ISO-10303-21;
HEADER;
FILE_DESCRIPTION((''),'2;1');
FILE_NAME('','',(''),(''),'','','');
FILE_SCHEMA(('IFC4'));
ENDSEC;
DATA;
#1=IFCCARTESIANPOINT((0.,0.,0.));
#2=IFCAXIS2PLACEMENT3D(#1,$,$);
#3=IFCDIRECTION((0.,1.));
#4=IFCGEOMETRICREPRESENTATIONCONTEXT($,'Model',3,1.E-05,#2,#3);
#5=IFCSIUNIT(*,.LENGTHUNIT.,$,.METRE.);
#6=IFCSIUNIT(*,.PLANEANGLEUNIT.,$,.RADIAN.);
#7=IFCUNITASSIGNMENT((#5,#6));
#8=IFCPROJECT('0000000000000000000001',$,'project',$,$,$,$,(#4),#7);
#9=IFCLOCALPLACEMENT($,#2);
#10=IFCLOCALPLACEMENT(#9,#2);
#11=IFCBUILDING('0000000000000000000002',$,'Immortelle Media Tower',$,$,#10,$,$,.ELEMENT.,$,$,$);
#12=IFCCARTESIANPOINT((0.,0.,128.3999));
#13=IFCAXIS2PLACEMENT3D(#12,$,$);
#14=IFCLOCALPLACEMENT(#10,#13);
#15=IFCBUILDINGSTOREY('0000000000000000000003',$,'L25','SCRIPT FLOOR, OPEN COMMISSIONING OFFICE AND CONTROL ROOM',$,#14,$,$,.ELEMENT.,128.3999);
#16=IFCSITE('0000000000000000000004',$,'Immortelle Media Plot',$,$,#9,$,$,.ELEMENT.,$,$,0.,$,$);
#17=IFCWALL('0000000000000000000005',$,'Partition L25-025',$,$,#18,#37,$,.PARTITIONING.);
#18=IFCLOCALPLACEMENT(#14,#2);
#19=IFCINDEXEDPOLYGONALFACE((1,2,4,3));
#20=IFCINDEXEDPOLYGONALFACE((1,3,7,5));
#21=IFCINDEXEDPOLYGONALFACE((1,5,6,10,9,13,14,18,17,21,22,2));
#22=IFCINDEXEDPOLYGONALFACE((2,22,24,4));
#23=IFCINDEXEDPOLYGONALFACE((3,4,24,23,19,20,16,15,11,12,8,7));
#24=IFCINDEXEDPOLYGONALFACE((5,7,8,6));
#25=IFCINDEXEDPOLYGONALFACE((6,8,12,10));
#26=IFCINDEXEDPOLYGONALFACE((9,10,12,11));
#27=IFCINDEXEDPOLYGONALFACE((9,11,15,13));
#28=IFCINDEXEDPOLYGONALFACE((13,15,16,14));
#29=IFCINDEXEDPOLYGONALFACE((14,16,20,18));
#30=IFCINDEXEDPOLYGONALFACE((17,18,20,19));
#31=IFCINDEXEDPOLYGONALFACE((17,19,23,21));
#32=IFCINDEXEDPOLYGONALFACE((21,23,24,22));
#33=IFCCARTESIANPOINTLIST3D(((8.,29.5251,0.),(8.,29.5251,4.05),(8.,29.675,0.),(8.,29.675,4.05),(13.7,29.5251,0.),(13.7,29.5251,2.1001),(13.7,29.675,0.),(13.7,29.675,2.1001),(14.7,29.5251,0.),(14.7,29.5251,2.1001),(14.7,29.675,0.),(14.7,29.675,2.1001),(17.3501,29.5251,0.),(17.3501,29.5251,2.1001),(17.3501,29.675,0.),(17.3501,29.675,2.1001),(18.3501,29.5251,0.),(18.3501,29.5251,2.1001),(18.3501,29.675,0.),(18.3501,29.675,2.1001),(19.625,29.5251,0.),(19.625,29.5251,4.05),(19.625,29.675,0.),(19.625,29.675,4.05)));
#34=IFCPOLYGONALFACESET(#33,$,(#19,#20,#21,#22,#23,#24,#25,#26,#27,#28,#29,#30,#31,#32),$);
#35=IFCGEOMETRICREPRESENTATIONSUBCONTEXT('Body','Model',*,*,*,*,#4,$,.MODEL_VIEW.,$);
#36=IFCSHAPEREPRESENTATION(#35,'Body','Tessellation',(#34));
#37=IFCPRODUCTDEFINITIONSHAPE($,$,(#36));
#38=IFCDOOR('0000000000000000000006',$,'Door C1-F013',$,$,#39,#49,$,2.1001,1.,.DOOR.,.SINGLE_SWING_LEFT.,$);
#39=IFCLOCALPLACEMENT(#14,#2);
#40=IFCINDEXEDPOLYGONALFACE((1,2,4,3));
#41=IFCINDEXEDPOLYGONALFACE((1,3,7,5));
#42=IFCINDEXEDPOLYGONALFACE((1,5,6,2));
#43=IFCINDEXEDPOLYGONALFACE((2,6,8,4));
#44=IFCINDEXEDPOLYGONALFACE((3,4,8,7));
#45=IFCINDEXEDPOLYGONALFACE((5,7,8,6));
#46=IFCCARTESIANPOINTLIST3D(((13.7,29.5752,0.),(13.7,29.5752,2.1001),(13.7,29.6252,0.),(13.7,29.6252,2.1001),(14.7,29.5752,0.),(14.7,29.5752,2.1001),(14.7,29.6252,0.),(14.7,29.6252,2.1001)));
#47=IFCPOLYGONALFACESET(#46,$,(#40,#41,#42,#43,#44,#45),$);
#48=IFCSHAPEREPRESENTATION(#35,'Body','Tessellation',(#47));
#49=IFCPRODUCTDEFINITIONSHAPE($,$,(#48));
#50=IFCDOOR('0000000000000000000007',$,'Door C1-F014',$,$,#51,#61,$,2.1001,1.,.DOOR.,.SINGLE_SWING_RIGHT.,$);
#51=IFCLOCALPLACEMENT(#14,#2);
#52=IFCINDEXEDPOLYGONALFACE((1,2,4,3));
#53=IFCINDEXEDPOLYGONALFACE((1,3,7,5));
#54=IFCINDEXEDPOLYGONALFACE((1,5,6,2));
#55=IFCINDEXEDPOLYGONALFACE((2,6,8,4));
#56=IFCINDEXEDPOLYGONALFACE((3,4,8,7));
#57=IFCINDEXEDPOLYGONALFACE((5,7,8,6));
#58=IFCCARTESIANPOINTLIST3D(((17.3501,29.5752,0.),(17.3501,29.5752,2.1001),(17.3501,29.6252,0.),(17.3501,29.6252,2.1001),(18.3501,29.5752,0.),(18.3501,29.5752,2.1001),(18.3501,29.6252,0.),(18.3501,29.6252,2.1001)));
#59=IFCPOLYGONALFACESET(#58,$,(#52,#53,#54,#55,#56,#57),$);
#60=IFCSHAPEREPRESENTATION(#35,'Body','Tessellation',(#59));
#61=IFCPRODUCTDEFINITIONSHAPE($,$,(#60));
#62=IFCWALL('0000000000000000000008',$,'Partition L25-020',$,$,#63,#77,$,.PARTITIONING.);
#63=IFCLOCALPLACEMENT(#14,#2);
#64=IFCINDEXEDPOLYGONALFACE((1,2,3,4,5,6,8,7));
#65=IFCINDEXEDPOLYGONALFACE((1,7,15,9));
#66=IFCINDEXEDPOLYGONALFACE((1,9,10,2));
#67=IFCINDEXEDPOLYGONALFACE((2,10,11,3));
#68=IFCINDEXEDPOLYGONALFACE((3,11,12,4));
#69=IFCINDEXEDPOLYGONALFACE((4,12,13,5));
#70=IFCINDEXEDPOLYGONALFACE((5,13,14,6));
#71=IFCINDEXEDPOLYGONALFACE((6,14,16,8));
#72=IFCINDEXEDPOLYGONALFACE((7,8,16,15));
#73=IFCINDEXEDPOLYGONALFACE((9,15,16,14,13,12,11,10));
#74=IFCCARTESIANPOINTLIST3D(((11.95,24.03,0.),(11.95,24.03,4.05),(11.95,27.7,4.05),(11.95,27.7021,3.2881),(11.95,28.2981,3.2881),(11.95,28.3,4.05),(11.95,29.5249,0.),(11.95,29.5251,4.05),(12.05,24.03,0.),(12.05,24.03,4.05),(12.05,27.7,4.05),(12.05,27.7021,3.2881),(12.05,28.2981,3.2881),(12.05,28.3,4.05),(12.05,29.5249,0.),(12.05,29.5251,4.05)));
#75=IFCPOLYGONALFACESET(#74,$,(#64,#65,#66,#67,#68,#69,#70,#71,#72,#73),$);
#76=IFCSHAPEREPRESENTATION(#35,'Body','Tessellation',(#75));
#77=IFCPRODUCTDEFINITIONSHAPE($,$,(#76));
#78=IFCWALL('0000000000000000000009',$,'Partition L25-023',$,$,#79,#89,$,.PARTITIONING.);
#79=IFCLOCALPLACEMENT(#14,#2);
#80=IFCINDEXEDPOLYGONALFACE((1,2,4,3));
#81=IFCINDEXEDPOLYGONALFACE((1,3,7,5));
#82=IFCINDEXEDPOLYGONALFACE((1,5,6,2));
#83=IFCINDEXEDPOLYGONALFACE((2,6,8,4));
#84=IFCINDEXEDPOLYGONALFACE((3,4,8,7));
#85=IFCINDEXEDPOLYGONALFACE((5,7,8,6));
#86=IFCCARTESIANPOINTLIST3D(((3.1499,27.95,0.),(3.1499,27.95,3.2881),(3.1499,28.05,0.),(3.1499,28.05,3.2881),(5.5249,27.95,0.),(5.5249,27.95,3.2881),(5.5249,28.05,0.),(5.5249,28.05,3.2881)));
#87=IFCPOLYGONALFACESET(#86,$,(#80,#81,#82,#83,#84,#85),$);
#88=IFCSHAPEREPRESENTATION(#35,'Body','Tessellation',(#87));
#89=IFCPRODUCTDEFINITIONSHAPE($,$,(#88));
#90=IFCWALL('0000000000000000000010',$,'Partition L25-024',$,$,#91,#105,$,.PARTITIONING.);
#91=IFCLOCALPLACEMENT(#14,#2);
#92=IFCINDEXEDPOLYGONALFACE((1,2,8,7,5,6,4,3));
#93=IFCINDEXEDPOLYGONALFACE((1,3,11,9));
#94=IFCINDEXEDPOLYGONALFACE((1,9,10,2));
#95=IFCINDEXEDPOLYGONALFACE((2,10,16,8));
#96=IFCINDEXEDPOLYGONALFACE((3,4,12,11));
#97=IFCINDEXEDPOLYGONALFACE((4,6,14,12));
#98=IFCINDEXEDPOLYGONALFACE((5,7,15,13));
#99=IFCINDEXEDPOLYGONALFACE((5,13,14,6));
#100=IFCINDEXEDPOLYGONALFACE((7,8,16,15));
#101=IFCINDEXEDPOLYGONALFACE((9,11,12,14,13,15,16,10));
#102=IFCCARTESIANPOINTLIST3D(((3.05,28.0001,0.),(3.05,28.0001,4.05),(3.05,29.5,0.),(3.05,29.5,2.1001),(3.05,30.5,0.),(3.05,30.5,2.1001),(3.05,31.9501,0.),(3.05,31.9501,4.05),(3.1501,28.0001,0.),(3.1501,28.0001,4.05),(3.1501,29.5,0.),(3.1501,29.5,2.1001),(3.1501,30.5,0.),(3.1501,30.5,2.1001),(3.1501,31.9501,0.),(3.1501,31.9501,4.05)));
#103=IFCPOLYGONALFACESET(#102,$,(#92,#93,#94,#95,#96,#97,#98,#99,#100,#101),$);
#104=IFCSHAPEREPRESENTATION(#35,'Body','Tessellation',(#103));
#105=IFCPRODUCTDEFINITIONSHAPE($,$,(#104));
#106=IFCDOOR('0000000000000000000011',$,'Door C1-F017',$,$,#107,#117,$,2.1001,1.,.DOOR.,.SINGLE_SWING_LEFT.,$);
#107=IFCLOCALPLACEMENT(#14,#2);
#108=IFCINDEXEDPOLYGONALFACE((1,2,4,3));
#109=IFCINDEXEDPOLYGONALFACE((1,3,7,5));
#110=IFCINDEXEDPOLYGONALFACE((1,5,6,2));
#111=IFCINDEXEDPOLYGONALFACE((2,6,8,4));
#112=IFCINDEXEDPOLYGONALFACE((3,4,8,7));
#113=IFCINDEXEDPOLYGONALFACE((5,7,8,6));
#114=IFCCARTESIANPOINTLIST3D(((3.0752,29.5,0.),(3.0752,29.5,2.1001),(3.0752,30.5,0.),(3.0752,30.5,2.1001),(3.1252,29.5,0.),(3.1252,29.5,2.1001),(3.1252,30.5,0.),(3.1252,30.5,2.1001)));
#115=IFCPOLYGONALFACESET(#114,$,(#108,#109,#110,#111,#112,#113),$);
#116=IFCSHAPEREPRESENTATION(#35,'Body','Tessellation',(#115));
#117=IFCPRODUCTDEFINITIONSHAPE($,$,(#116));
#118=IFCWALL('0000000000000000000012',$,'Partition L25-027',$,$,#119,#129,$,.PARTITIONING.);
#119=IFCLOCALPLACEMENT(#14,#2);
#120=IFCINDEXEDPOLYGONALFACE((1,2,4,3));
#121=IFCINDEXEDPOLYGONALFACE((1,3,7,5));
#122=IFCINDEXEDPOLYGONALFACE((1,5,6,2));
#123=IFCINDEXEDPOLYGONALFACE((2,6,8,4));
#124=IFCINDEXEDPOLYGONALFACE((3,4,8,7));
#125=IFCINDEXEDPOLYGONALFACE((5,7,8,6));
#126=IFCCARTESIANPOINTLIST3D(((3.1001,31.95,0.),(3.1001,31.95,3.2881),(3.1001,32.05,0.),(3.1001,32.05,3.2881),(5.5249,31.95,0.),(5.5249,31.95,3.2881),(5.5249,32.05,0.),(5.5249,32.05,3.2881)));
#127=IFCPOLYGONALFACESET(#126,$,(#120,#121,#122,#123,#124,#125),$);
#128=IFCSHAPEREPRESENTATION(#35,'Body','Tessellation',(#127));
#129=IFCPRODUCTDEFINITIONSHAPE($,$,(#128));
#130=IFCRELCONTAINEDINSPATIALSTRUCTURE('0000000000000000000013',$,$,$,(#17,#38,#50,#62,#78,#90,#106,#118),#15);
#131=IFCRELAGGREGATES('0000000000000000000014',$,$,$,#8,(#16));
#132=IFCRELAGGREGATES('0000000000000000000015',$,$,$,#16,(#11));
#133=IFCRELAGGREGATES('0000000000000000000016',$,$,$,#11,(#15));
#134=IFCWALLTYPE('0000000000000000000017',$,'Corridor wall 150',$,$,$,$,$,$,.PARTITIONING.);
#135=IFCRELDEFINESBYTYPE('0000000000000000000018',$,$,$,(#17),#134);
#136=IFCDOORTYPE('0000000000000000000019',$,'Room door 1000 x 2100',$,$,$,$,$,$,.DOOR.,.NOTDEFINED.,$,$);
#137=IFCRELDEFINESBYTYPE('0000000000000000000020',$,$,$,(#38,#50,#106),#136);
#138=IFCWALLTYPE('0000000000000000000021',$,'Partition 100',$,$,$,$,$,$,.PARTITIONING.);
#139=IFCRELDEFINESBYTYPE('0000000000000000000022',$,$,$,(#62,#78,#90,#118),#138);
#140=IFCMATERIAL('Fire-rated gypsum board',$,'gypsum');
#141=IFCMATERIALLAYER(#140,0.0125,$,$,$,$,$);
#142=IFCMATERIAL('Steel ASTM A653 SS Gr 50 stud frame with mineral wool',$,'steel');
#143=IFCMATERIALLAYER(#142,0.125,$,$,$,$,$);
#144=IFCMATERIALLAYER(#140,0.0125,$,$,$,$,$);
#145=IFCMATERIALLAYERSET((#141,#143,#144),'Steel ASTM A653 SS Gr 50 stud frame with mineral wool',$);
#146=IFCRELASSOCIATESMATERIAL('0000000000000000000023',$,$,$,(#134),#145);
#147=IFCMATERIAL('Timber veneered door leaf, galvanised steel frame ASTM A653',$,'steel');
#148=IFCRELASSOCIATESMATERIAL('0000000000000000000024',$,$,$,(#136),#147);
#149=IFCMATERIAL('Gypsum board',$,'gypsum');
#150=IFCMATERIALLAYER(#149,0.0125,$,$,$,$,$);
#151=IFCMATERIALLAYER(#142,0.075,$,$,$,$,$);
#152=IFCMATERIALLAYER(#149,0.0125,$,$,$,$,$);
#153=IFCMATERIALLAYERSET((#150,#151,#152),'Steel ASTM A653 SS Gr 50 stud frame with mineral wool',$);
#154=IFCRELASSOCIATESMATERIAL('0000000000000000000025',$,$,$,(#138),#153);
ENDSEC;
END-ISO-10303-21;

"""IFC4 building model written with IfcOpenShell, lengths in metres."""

from ifc_helpers import new_model, si_unit, direction, frame, frame_2d, origin, place, context, subcontext, project, spatial, polyline, rectangle, outline, extrude, material, layer, layer_set, type_object, element, fill, save


model = new_model("IFC4")

# Units and contexts
model_context = context("Model", 3, precision=1e-05, world=origin(), true_north=direction((0.0, 1.0)))
body_context = subcontext(model_context, "Body", "Model", "MODEL_VIEW")
ifc_project = project(units=[si_unit("LENGTHUNIT", "METRE"), si_unit("PLANEANGLEUNIT", "RADIAN")], contexts=[model_context])

# Site, building, storey
site_placement = place(None, origin())
site = spatial("IfcSite", under=ifc_project, at=site_placement, Name="Immortelle Media Plot", CompositionType="ELEMENT", RefElevation=0.0)
building_placement = place(site_placement, origin())
building = spatial("IfcBuilding", under=site, at=building_placement, Name="Immortelle Media Tower", CompositionType="ELEMENT")
storey_placement = place(building_placement, frame((0.0, 0.0, 128.3999)))
storey = spatial("IfcBuildingStorey", under=building, at=storey_placement, Name="L25", Description="SCRIPT FLOOR, OPEN COMMISSIONING OFFICE AND CONTROL ROOM", CompositionType="ELEMENT", Elevation=128.3999)

# Shared definitions
ifc_material_1 = material(Name="Fire-rated gypsum board", Category="gypsum")
ifc_layer_1 = layer(ifc_material_1, 0.0125)
ifc_material_2 = material(Name="Steel ASTM A653 SS Gr 50 stud frame with mineral wool", Category="steel")
ifc_layer_2 = layer(ifc_material_2, 0.125)
ifc_layer_3 = layer(ifc_material_1, 0.0125)
ifc_layer_set_1 = layer_set([ifc_layer_1, ifc_layer_2, ifc_layer_3], Name="Steel ASTM A653 SS Gr 50 stud frame with mineral wool")
wall_type_1 = type_object("IfcWallType", Name="Corridor wall 150", PredefinedType="PARTITIONING", material=ifc_layer_set_1)
ifc_material_3 = material(Name="Timber veneered door leaf, galvanised steel frame ASTM A653", Category="steel")
door_type = type_object("IfcDoorType", Name="Room door 1000 x 2100", OperationType="NOTDEFINED", PredefinedType="DOOR", material=ifc_material_3)

# Wall, openings, doors
wall_1_placement = place(storey_placement, frame((8.0, 29.6001, 0.0), z_axis=(0.0, 0.0, 1.0), x_axis=(1.0, 0.0, 0.0)))
wall_1 = element("IfcWall", 1, at=wall_1_placement, inside=storey, type_object=wall_type_1, Name="Partition L25-025", PredefinedType="PARTITIONING", context=body_context, shape_type="SweptSolid", body=[
    extrude(rectangle(XDim=11.625, YDim=0.1499, at=frame_2d((5.8125, 0.0))), origin(), (0.0, 0.0, 1.0), 4.05),
])
opening_1_placement = place(wall_1_placement, frame((6.7, 0.0, 0.0), z_axis=(0.0, 0.0, 1.0), x_axis=(-1.0, 0.0, 0.0)))
opening_1 = element("IfcOpeningElement", 2, at=opening_1_placement, cuts=wall_1, PredefinedType="OPENING", context=body_context, shape_type="SweptSolid", body=[
    extrude(rectangle(XDim=1.0, YDim=2.1001, at=frame_2d((0.5, 1.05))), frame((0.0, 0.085, 0.0), z_axis=(0.0, -1.0, 0.0), x_axis=(1.0, 0.0, 0.0)), (0.0, 0.0, 1.0), 0.1699),
])
opening_2_placement = place(wall_1_placement, frame((10.3501, 0.0, 0.0), z_axis=(0.0, 0.0, 1.0), x_axis=(-1.0, 0.0, 0.0)))
opening_2 = element("IfcOpeningElement", 3, at=opening_2_placement, cuts=wall_1, PredefinedType="OPENING", context=body_context, shape_type="SweptSolid", body=[
    extrude(rectangle(XDim=1.0, YDim=2.1001, at=frame_2d((0.5, 1.05))), frame((0.0, 0.085, 0.0), z_axis=(0.0, -1.0, 0.0), x_axis=(1.0, 0.0, 0.0)), (0.0, 0.0, 1.0), 0.1699),
])
door_1_placement = place(opening_1_placement, origin())
door_1 = element("IfcDoor", 4, at=door_1_placement, inside=storey, type_object=door_type, Name="Door C1-F013", OperationType="SINGLE_SWING_LEFT", OverallHeight=2.1001, OverallWidth=1.0, PredefinedType="DOOR", context=body_context, shape_type="SweptSolid", body=[
    extrude(rectangle(XDim=1.0, YDim=2.1001, at=frame_2d((0.5, 1.05))), frame((0.0, 0.0249, 0.0), z_axis=(0.0, -1.0, 0.0), x_axis=(1.0, 0.0, 0.0)), (0.0, 0.0, 1.0), 0.05),
])
fill(opening_1, door_1)
door_2_placement = place(opening_2_placement, origin())
door_2 = element("IfcDoor", 5, at=door_2_placement, inside=storey, type_object=door_type, Name="Door C1-F014", OperationType="SINGLE_SWING_RIGHT", OverallHeight=2.1001, OverallWidth=1.0, PredefinedType="DOOR", context=body_context, shape_type="SweptSolid", body=[
    extrude(rectangle(XDim=1.0, YDim=2.1001, at=frame_2d((0.5, 1.05))), frame((0.0, 0.0249, 0.0), z_axis=(0.0, -1.0, 0.0), x_axis=(1.0, 0.0, 0.0)), (0.0, 0.0, 1.0), 0.05),
])
fill(opening_2, door_2)

# Walls
ifc_material_4 = material(Name="Gypsum board", Category="gypsum")
ifc_layer_4 = layer(ifc_material_4, 0.0125)
ifc_layer_5 = layer(ifc_material_2, 0.075)
ifc_layer_6 = layer(ifc_material_4, 0.0125)
ifc_layer_set_2 = layer_set([ifc_layer_4, ifc_layer_5, ifc_layer_6], Name="Steel ASTM A653 SS Gr 50 stud frame with mineral wool")
wall_type_2 = type_object("IfcWallType", Name="Partition 100", PredefinedType="PARTITIONING", material=ifc_layer_set_2)
wall_2_placement = place(storey_placement, frame((12.0, 24.03, 0.0), z_axis=(0.0, 0.0, 1.0), x_axis=(0.0, 1.0, 0.0)))
element("IfcWall", 6, at=wall_2_placement, inside=storey, type_object=wall_type_2, Name="Partition L25-020", PredefinedType="PARTITIONING", context=body_context, shape_type="SweptSolid", body=[
    extrude(outline(polyline([(0.0, 0.0), (5.4949, 0.0), (5.4951, 4.05), (4.27, 4.05), (4.2681, 3.2881), (3.6721, 3.2881), (3.6699, 4.05), (0.0, 4.05), (0.0, 0.0)])), frame((0.0, 0.05, 0.0), z_axis=(0.0, -1.0, 0.0), x_axis=(1.0, 0.0, 0.0)), (0.0, 0.0, 1.0), 0.1001),
])
wall_3_placement = place(storey_placement, frame((3.1499, 28.0, 0.0), z_axis=(0.0, 0.0, 1.0), x_axis=(1.0, 0.0, 0.0)))
element("IfcWall", 7, at=wall_3_placement, inside=storey, type_object=wall_type_2, Name="Partition L25-023", PredefinedType="PARTITIONING", context=body_context, shape_type="SweptSolid", body=[
    extrude(rectangle(XDim=2.375, YDim=0.1001, at=frame_2d((1.1875, 0.0))), origin(), (0.0, 0.0, 1.0), 3.2881),
])

# Wall, opening, door
wall_4_placement = place(storey_placement, frame((3.1001, 28.0, 0.0), z_axis=(0.0, 0.0, 1.0), x_axis=(0.0, 1.0, 0.0)))
wall_4 = element("IfcWall", 8, at=wall_4_placement, inside=storey, type_object=wall_type_2, Name="Partition L25-024", PredefinedType="PARTITIONING", context=body_context, shape_type="SweptSolid", body=[
    extrude(rectangle(XDim=3.95, YDim=0.1001, at=frame_2d((1.9751, 0.0))), origin(), (0.0, 0.0, 1.0), 4.05),
])
opening_3_placement = place(wall_4_placement, frame((1.5, 0.0, 0.0)))
opening_3 = element("IfcOpeningElement", 9, at=opening_3_placement, cuts=wall_4, PredefinedType="OPENING", context=body_context, shape_type="SweptSolid", body=[
    extrude(rectangle(XDim=1.0, YDim=2.1001, at=frame_2d((0.5, 1.05))), frame((0.0, 0.0601, 0.0), z_axis=(0.0, -1.0, 0.0), x_axis=(1.0, 0.0, 0.0)), (0.0, 0.0, 1.0), 0.1201),
])
door_3_placement = place(opening_3_placement, origin())
door_3 = element("IfcDoor", 10, at=door_3_placement, inside=storey, type_object=door_type, Name="Door C1-F017", OperationType="SINGLE_SWING_LEFT", OverallHeight=2.1001, OverallWidth=1.0, PredefinedType="DOOR", context=body_context, shape_type="SweptSolid", body=[
    extrude(rectangle(XDim=1.0, YDim=2.1001, at=frame_2d((0.5, 1.05))), frame((0.0, 0.0249, 0.0), z_axis=(0.0, -1.0, 0.0), x_axis=(1.0, 0.0, 0.0)), (0.0, 0.0, 1.0), 0.05),
])
fill(opening_3, door_3)

# Wall
wall_5_placement = place(storey_placement, frame((3.1001, 32.0, 0.0), z_axis=(0.0, 0.0, 1.0), x_axis=(1.0, 0.0, 0.0)))
element("IfcWall", 11, at=wall_5_placement, inside=storey, type_object=wall_type_2, Name="Partition L25-027", PredefinedType="PARTITIONING", context=body_context, shape_type="SweptSolid", body=[
    extrude(rectangle(XDim=2.4248, YDim=0.1001, at=frame_2d((1.2124, 0.0))), origin(), (0.0, 0.0, 1.0), 3.2881),
])

save(model, "model.ifc")
